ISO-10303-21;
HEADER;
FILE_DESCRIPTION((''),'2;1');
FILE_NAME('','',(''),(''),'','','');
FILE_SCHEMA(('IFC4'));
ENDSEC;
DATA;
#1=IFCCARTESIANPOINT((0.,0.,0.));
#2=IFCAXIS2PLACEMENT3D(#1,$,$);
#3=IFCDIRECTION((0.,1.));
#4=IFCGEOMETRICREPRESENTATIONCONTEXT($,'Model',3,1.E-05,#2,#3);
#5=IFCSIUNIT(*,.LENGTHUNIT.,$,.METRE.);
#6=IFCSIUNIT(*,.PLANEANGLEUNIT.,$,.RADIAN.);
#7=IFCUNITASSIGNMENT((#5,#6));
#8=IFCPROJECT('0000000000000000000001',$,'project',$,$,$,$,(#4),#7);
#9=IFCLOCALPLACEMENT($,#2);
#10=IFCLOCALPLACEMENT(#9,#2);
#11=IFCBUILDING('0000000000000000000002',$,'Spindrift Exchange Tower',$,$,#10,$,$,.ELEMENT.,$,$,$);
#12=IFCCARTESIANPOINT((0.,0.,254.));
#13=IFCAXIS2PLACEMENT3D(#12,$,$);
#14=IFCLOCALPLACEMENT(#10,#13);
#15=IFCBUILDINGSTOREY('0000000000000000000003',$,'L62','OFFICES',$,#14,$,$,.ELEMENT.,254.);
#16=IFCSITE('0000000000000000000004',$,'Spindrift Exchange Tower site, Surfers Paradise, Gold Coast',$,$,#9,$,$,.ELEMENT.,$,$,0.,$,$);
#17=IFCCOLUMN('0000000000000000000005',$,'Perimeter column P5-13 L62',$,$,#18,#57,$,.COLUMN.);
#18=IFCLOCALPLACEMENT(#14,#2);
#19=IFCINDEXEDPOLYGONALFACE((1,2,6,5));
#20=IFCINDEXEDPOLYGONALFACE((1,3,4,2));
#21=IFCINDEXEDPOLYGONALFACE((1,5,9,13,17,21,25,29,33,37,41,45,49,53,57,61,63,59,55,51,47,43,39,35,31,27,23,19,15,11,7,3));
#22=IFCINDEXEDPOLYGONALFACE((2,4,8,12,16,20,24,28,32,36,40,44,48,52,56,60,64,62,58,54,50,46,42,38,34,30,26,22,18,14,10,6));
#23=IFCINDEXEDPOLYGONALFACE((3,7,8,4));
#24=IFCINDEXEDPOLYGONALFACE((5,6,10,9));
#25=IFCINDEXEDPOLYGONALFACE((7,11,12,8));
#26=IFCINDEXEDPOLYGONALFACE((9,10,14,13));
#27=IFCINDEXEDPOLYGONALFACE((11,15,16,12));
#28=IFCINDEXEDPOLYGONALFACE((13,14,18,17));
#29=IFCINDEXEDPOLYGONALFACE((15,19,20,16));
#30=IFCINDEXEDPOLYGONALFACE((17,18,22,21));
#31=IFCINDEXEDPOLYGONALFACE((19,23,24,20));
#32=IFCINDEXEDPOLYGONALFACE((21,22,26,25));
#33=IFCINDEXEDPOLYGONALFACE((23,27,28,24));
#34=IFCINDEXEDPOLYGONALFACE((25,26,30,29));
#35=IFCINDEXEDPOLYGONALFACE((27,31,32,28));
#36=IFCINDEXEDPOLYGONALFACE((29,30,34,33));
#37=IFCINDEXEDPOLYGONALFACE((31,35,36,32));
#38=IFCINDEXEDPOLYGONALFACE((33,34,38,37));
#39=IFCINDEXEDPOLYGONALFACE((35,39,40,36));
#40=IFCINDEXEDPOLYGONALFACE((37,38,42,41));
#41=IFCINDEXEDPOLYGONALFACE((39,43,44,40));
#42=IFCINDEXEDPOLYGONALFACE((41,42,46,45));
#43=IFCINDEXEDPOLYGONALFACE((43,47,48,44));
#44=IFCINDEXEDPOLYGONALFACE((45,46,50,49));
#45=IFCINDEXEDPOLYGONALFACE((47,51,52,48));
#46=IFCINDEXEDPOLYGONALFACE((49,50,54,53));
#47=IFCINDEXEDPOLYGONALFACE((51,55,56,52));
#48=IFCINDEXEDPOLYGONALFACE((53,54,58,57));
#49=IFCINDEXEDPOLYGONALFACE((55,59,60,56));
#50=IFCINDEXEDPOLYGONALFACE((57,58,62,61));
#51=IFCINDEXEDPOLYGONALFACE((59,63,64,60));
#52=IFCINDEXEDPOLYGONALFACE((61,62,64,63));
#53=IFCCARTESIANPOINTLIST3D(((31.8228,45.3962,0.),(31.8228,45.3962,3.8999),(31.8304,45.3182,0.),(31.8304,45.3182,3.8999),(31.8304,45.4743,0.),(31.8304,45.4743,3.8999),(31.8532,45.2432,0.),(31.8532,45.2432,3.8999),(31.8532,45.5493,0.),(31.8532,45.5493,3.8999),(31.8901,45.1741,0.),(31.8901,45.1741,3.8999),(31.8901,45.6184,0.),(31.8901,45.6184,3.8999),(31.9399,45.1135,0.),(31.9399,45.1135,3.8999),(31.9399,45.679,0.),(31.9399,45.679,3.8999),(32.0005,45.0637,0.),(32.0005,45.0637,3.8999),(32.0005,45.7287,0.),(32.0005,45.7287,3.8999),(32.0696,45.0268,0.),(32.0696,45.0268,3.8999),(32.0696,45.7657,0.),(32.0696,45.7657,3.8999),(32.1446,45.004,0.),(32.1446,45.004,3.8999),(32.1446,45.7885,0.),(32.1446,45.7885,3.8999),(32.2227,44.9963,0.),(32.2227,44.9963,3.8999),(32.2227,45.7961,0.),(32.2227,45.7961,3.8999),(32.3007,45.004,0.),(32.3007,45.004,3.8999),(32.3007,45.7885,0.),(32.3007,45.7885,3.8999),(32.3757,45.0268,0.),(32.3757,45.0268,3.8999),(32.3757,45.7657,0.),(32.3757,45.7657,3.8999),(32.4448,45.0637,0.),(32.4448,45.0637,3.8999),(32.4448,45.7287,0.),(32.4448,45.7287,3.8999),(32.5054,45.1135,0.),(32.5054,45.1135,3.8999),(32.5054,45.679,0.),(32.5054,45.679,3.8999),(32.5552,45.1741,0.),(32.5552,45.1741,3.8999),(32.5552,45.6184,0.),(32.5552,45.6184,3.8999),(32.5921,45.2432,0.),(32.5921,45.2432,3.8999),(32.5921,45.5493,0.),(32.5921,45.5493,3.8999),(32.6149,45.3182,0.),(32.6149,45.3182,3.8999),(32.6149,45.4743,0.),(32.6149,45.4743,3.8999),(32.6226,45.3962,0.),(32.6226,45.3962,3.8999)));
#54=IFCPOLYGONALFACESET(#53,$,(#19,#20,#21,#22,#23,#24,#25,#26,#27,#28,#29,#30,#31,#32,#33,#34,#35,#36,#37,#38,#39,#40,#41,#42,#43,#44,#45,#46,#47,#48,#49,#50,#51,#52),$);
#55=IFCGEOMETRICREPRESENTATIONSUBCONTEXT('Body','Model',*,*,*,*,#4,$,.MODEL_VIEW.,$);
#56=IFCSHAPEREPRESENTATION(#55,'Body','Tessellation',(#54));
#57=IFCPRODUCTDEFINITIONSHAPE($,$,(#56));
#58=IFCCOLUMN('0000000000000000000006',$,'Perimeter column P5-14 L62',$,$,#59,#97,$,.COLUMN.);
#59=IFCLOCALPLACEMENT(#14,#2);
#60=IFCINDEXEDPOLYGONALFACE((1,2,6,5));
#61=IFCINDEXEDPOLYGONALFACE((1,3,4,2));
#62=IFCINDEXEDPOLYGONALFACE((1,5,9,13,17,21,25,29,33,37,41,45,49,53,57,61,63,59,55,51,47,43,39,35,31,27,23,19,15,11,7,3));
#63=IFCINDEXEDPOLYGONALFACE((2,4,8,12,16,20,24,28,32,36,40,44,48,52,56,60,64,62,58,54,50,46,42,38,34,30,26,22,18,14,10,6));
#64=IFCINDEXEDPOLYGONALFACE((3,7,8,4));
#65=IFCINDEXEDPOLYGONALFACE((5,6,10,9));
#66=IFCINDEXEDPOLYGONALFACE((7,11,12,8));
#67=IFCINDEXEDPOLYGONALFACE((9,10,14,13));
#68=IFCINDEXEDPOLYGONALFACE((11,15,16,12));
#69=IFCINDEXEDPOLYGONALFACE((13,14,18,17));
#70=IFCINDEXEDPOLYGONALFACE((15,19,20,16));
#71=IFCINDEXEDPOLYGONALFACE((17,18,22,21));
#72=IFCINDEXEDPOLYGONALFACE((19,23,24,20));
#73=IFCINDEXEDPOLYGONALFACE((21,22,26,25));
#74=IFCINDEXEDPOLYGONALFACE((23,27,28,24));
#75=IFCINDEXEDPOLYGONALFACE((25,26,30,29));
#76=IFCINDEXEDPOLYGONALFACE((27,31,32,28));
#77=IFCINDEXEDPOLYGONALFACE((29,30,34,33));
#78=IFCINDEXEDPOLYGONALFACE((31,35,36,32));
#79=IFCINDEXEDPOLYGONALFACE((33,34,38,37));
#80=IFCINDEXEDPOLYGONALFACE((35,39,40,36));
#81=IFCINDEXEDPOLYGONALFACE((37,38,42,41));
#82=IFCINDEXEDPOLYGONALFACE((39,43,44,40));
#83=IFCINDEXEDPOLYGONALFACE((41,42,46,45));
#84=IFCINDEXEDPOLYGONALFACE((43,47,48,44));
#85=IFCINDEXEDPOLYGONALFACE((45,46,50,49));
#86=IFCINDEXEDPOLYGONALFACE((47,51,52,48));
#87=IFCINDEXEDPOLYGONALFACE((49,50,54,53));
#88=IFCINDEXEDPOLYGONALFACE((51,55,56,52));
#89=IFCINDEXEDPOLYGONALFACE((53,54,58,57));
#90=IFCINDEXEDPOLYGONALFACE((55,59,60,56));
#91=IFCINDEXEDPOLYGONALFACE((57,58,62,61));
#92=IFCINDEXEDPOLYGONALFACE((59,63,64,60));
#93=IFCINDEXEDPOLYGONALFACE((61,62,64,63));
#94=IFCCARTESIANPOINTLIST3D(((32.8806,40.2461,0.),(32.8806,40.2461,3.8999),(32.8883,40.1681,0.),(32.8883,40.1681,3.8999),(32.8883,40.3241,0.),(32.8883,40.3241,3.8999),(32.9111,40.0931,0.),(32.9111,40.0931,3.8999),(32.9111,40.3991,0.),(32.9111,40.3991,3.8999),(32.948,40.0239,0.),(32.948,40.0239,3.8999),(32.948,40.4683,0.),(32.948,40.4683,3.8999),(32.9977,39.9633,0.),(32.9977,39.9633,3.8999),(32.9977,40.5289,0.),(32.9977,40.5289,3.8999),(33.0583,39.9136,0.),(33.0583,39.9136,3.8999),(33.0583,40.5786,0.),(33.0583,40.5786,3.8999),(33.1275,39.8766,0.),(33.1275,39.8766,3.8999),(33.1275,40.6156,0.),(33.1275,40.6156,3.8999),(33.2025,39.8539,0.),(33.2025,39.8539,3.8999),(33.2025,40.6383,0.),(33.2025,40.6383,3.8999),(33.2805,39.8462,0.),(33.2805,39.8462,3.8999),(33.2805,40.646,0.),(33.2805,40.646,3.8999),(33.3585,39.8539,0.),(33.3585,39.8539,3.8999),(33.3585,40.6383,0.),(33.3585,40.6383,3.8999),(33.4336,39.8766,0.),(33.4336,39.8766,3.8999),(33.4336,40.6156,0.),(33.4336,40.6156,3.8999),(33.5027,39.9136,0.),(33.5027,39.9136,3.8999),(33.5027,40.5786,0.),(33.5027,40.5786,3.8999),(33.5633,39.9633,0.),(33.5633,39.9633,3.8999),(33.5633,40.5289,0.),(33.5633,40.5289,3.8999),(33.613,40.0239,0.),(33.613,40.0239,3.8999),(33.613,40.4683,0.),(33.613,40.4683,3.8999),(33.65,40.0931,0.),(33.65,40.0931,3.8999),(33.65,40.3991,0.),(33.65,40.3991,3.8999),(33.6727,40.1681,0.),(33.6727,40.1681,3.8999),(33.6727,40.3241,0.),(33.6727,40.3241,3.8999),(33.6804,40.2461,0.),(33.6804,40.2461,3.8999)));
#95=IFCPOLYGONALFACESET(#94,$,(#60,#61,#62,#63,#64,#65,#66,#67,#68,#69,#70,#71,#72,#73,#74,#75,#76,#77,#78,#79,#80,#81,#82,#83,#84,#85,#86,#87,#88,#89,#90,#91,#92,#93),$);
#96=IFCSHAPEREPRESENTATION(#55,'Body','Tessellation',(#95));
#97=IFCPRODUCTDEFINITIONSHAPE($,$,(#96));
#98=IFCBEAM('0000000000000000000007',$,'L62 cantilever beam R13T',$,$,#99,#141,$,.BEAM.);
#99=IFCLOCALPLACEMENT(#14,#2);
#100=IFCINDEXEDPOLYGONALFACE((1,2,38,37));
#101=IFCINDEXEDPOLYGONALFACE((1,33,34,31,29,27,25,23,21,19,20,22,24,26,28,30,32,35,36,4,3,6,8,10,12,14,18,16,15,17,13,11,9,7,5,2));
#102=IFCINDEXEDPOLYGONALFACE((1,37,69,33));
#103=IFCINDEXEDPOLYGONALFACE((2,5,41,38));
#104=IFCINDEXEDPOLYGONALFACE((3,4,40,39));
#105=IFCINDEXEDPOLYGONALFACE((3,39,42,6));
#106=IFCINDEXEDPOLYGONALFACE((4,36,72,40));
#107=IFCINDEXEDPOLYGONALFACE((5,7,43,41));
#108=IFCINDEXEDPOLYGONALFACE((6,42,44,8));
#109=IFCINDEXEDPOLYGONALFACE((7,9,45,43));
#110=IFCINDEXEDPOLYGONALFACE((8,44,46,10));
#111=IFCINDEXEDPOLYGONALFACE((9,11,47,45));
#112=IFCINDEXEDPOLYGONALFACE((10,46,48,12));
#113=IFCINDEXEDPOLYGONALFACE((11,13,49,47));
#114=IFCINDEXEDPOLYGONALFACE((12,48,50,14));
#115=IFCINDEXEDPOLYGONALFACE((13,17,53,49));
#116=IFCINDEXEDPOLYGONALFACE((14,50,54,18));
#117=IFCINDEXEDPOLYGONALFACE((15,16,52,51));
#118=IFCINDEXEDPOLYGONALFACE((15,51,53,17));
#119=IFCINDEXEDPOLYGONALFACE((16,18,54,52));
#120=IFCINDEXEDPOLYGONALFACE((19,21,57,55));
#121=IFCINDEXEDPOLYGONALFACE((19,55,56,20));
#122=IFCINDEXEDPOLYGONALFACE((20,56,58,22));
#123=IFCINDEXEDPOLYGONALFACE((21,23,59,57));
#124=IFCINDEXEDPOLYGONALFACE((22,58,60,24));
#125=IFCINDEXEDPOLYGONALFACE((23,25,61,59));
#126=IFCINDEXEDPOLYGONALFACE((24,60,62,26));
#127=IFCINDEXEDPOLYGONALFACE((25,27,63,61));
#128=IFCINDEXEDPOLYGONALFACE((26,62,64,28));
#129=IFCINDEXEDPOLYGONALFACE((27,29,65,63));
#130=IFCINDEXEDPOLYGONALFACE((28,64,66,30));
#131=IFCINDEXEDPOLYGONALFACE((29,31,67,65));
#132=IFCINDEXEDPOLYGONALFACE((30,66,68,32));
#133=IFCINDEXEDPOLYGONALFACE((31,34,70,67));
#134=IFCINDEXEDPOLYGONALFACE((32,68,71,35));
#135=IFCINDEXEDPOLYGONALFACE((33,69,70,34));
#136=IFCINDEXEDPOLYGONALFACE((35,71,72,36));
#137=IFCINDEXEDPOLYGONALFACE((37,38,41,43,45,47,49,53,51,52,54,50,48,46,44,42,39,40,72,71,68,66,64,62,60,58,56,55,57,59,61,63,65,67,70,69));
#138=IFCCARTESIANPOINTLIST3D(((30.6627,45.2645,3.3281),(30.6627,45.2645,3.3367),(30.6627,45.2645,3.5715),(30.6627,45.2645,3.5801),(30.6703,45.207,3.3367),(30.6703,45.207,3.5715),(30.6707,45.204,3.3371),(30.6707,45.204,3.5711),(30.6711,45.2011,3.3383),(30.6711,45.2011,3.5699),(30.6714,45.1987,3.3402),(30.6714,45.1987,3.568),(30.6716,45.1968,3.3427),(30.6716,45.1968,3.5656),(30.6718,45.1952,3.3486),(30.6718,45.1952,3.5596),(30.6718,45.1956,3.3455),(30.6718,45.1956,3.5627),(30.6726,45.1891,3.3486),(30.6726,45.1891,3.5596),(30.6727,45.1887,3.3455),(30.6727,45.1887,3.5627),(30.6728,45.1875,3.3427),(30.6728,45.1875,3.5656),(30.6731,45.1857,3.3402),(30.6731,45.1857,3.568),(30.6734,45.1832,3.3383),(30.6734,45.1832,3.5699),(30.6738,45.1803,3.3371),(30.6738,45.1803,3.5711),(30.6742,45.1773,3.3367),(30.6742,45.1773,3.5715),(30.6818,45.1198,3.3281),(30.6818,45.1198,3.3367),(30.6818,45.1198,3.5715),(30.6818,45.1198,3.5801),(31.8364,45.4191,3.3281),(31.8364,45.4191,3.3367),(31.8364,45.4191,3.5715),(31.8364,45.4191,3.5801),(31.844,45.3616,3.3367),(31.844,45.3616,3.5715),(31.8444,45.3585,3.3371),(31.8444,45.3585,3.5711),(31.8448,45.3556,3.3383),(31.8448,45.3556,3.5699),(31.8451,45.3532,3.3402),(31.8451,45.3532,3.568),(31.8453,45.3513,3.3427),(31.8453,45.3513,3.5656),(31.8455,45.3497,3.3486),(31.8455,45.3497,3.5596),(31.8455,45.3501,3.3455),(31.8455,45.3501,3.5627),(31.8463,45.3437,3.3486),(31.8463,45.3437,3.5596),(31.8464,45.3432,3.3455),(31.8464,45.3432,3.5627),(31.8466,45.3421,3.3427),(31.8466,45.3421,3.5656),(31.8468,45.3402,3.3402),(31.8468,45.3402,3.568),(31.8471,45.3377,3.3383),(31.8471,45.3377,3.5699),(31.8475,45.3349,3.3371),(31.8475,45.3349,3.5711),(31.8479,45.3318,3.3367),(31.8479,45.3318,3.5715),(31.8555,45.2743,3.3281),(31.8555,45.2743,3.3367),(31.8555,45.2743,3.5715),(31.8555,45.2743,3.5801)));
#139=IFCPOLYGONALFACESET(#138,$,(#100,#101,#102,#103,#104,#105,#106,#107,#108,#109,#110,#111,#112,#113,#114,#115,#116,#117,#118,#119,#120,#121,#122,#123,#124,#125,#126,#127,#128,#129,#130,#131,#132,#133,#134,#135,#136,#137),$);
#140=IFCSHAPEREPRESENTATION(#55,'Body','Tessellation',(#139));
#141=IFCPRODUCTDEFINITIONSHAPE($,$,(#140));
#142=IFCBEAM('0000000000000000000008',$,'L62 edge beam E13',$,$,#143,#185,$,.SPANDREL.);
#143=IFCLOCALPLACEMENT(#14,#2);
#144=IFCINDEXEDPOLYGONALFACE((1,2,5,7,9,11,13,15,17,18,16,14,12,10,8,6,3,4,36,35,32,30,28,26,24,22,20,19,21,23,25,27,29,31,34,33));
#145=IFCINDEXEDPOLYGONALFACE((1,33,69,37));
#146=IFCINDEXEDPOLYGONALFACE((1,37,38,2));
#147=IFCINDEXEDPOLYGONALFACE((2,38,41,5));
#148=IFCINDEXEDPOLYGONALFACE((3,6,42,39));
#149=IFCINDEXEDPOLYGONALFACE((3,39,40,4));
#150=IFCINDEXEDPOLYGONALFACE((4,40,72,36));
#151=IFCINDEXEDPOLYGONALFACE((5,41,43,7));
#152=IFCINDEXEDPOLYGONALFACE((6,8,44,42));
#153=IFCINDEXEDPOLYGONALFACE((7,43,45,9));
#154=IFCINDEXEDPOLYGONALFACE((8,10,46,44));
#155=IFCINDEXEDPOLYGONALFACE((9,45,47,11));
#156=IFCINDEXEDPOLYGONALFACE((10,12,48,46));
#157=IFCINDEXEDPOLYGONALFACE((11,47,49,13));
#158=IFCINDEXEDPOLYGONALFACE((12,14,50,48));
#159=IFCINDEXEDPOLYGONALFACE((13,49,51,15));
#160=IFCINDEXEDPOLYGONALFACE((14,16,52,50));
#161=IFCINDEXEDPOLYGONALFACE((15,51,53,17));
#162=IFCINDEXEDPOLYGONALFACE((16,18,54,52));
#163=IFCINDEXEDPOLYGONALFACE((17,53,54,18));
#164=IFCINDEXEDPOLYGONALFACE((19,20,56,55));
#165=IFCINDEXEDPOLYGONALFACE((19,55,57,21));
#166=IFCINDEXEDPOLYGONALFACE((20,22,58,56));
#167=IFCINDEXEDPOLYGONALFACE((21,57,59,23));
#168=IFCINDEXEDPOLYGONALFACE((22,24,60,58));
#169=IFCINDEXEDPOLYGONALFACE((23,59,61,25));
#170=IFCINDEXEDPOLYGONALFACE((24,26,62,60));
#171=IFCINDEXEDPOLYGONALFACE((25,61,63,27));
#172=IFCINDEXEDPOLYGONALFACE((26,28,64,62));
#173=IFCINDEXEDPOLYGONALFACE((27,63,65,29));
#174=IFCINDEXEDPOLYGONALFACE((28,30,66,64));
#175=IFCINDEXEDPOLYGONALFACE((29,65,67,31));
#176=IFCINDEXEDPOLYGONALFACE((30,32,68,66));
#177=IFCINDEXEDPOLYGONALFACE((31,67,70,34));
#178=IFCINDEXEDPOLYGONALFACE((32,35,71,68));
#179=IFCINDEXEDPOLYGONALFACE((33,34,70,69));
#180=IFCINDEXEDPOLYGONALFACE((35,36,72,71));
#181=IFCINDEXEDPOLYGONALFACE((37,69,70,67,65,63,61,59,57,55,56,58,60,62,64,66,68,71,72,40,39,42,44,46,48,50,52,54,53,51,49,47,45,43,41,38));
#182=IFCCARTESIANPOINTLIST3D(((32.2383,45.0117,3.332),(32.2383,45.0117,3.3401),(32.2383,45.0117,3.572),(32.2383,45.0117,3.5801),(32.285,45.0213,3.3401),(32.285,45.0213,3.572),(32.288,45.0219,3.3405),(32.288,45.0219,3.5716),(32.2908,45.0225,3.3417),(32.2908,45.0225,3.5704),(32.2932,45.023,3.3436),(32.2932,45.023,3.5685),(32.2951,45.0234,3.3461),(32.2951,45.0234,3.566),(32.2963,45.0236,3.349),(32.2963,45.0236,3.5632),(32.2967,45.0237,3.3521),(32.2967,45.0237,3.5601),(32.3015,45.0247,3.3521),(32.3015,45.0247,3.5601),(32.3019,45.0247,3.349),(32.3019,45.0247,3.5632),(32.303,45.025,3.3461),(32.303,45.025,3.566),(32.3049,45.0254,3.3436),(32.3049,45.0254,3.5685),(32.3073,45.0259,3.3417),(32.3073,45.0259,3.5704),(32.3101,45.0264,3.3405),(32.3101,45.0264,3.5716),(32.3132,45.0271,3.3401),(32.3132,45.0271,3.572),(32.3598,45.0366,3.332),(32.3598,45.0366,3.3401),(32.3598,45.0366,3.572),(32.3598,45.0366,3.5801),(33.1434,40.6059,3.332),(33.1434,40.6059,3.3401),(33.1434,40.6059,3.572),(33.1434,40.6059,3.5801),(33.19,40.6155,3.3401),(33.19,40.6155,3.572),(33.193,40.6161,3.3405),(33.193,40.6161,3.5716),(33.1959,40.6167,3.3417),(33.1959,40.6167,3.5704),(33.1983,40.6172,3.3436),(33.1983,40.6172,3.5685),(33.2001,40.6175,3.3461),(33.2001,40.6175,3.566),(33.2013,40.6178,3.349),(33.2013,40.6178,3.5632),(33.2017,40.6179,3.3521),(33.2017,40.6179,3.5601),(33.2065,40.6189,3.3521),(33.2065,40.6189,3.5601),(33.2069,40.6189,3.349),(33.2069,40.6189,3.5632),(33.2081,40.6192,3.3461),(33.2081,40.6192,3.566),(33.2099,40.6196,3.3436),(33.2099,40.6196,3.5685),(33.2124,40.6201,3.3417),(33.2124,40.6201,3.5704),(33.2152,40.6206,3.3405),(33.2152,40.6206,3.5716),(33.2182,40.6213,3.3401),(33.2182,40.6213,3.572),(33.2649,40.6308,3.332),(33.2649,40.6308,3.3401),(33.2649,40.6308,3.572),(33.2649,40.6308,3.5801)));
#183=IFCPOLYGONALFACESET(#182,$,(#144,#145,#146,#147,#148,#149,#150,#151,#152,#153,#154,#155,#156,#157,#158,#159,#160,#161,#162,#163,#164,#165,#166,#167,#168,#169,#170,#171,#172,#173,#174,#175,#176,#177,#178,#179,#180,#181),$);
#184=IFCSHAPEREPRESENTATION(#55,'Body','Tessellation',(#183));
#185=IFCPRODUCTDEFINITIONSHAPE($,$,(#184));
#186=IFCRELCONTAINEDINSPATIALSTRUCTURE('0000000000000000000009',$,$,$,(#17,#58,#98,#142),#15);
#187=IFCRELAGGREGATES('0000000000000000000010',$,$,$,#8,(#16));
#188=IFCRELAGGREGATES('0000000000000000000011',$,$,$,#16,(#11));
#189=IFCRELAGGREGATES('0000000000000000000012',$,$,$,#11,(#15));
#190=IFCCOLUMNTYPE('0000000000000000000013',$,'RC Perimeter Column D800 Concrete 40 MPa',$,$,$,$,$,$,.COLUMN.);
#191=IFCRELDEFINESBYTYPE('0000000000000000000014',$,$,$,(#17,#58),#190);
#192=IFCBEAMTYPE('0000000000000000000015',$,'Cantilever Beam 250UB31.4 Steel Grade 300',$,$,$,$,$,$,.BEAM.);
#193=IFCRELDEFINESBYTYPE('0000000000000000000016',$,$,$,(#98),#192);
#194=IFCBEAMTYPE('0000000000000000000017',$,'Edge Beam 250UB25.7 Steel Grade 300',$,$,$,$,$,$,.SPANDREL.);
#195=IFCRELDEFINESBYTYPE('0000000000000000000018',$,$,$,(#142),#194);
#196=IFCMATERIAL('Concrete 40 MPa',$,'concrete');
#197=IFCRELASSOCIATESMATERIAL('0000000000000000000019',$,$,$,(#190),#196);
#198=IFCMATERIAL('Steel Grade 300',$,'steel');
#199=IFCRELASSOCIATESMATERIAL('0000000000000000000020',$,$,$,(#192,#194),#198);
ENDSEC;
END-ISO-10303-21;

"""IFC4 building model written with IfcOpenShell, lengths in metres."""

from ifc_helpers import new_model, si_unit, direction, frame, origin, origin_2d, place, context, subcontext, project, spatial, circle, i_section, extrude, source, transform, mapped, material, material_profile, profile_set, type_object, element, save


model = new_model("IFC4")

# Units and contexts
model_context = context("Model", 3, precision=1e-05, world=origin(), true_north=direction((0.0, 1.0)))
body_context = subcontext(model_context, "Body", "Model", "MODEL_VIEW")
ifc_project = project(units=[si_unit("LENGTHUNIT", "METRE"), si_unit("PLANEANGLEUNIT", "RADIAN")], contexts=[model_context])

# Site, building, storey
site_placement = place(None, origin())
site = spatial("IfcSite", under=ifc_project, at=site_placement, Name="Spindrift Exchange Tower site, Surfers Paradise, Gold Coast", CompositionType="ELEMENT", RefElevation=0.0)
building_placement = place(site_placement, origin())
building = spatial("IfcBuilding", under=site, at=building_placement, Name="Spindrift Exchange Tower", CompositionType="ELEMENT")
storey_placement = place(building_placement, frame((0.0, 0.0, 254.0)))
storey = spatial("IfcBuildingStorey", under=building, at=storey_placement, Name="L62", Description="OFFICES", CompositionType="ELEMENT", Elevation=254.0)

# Columns
ifc_material_1 = material(Name="Concrete 40 MPa", Category="concrete")
ifc_material_profile_1 = material_profile(ifc_material_1, circle(Radius=0.3999, at=origin_2d()), Name="RC D800")
ifc_profile_set_1 = profile_set([ifc_material_profile_1], Name="Concrete 40 MPa")
column_type = type_object("IfcColumnType", Name="RC Perimeter Column D800 Concrete 40 MPa", PredefinedType="COLUMN", material=ifc_profile_set_1)
shared_shape_1 = source(origin(), body_context, "Body", "SweptSolid", [
    extrude(circle(Radius=0.3999, at=origin_2d()), origin(), (0.0, 0.0, 1.0), 3.8999),
])
for number, where, z_axis, x_axis, name in (
    (1, (32.2227, 45.3962, 0.0), (0.0, 0.0, 1.0), (1.0, 0.0, 0.0), "Perimeter column P5-13 L62"),
    (2, (33.2805, 40.2461, 0.0), (0.0, 0.0, 1.0), (1.0, 0.0, 0.0), "Perimeter column P5-14 L62"),
):
    element("IfcColumn", number, at=place(storey_placement, frame(where, z_axis=z_axis, x_axis=x_axis)), inside=storey, type_object=column_type, Name=name, PredefinedType="COLUMN", context=body_context, shape_type="MappedRepresentation", body=[
        mapped(shared_shape_1, transform((0.0, 0.0, 0.0), scale=1.0)),
    ])

# Beams
ifc_material_2 = material(Name="Steel Grade 300", Category="steel")
ifc_material_profile_2 = material_profile(ifc_material_2, i_section(OverallWidth=0.146, OverallDepth=0.252, WebThickness=0.0061, FlangeThickness=0.0085, FilletRadius=0.012, at=origin_2d()), Name="250UB31.4")
ifc_profile_set_2 = profile_set([ifc_material_profile_2], Name="Steel Grade 300")
beam_type_1 = type_object("IfcBeamType", Name="Cantilever Beam 250UB31.4 Steel Grade 300", PredefinedType="BEAM", material=ifc_profile_set_2)
shared_shape_2 = source(origin(), body_context, "Body", "SweptSolid", [
    extrude(i_section(OverallWidth=0.146, OverallDepth=0.252, WebThickness=0.0061, FlangeThickness=0.0085, FilletRadius=0.012, at=origin_2d()), origin(), (0.0, 0.0, 1.0), 1.1838),
])
beam_1_placement = place(storey_placement, frame((31.8459, 45.3467, 3.4541), z_axis=(-0.991444, -0.130529, 0.0), x_axis=(0.130529, -0.991444, 0.0)))
element("IfcBeam", 3, at=beam_1_placement, inside=storey, type_object=beam_type_1, Name="L62 cantilever beam R13T", PredefinedType="BEAM", context=body_context, shape_type="MappedRepresentation", body=[
    mapped(shared_shape_2, transform((0.0, 0.0, 0.0), scale=1.0)),
])
ifc_material_profile_3 = material_profile(ifc_material_2, i_section(OverallWidth=0.124, OverallDepth=0.248, WebThickness=0.0049, FlangeThickness=0.0081, FilletRadius=0.012, at=origin_2d()), Name="250UB25.7")
ifc_profile_set_3 = profile_set([ifc_material_profile_3], Name="Steel Grade 300")
beam_type_2 = type_object("IfcBeamType", Name="Edge Beam 250UB25.7 Steel Grade 300", PredefinedType="SPANDREL", material=ifc_profile_set_3)
shared_shape_3 = source(origin(), body_context, "Body", "SweptSolid", [
    extrude(i_section(OverallWidth=0.124, OverallDepth=0.248, WebThickness=0.0049, FlangeThickness=0.0081, FilletRadius=0.012, at=origin_2d()), origin(), (0.0, 0.0, 1.0), 4.4978),
])
beam_2_placement = place(storey_placement, frame((32.2991, 45.0242, 3.4561), z_axis=(0.201218, -0.979546, 0.0), x_axis=(0.979546, 0.201218, 0.0)))
element("IfcBeam", 4, at=beam_2_placement, inside=storey, type_object=beam_type_2, Name="L62 edge beam E13", PredefinedType="SPANDREL", context=body_context, shape_type="MappedRepresentation", body=[
    mapped(shared_shape_3, transform((0.0, 0.0, 0.0), scale=1.0)),
])

save(model, "model.ifc")
